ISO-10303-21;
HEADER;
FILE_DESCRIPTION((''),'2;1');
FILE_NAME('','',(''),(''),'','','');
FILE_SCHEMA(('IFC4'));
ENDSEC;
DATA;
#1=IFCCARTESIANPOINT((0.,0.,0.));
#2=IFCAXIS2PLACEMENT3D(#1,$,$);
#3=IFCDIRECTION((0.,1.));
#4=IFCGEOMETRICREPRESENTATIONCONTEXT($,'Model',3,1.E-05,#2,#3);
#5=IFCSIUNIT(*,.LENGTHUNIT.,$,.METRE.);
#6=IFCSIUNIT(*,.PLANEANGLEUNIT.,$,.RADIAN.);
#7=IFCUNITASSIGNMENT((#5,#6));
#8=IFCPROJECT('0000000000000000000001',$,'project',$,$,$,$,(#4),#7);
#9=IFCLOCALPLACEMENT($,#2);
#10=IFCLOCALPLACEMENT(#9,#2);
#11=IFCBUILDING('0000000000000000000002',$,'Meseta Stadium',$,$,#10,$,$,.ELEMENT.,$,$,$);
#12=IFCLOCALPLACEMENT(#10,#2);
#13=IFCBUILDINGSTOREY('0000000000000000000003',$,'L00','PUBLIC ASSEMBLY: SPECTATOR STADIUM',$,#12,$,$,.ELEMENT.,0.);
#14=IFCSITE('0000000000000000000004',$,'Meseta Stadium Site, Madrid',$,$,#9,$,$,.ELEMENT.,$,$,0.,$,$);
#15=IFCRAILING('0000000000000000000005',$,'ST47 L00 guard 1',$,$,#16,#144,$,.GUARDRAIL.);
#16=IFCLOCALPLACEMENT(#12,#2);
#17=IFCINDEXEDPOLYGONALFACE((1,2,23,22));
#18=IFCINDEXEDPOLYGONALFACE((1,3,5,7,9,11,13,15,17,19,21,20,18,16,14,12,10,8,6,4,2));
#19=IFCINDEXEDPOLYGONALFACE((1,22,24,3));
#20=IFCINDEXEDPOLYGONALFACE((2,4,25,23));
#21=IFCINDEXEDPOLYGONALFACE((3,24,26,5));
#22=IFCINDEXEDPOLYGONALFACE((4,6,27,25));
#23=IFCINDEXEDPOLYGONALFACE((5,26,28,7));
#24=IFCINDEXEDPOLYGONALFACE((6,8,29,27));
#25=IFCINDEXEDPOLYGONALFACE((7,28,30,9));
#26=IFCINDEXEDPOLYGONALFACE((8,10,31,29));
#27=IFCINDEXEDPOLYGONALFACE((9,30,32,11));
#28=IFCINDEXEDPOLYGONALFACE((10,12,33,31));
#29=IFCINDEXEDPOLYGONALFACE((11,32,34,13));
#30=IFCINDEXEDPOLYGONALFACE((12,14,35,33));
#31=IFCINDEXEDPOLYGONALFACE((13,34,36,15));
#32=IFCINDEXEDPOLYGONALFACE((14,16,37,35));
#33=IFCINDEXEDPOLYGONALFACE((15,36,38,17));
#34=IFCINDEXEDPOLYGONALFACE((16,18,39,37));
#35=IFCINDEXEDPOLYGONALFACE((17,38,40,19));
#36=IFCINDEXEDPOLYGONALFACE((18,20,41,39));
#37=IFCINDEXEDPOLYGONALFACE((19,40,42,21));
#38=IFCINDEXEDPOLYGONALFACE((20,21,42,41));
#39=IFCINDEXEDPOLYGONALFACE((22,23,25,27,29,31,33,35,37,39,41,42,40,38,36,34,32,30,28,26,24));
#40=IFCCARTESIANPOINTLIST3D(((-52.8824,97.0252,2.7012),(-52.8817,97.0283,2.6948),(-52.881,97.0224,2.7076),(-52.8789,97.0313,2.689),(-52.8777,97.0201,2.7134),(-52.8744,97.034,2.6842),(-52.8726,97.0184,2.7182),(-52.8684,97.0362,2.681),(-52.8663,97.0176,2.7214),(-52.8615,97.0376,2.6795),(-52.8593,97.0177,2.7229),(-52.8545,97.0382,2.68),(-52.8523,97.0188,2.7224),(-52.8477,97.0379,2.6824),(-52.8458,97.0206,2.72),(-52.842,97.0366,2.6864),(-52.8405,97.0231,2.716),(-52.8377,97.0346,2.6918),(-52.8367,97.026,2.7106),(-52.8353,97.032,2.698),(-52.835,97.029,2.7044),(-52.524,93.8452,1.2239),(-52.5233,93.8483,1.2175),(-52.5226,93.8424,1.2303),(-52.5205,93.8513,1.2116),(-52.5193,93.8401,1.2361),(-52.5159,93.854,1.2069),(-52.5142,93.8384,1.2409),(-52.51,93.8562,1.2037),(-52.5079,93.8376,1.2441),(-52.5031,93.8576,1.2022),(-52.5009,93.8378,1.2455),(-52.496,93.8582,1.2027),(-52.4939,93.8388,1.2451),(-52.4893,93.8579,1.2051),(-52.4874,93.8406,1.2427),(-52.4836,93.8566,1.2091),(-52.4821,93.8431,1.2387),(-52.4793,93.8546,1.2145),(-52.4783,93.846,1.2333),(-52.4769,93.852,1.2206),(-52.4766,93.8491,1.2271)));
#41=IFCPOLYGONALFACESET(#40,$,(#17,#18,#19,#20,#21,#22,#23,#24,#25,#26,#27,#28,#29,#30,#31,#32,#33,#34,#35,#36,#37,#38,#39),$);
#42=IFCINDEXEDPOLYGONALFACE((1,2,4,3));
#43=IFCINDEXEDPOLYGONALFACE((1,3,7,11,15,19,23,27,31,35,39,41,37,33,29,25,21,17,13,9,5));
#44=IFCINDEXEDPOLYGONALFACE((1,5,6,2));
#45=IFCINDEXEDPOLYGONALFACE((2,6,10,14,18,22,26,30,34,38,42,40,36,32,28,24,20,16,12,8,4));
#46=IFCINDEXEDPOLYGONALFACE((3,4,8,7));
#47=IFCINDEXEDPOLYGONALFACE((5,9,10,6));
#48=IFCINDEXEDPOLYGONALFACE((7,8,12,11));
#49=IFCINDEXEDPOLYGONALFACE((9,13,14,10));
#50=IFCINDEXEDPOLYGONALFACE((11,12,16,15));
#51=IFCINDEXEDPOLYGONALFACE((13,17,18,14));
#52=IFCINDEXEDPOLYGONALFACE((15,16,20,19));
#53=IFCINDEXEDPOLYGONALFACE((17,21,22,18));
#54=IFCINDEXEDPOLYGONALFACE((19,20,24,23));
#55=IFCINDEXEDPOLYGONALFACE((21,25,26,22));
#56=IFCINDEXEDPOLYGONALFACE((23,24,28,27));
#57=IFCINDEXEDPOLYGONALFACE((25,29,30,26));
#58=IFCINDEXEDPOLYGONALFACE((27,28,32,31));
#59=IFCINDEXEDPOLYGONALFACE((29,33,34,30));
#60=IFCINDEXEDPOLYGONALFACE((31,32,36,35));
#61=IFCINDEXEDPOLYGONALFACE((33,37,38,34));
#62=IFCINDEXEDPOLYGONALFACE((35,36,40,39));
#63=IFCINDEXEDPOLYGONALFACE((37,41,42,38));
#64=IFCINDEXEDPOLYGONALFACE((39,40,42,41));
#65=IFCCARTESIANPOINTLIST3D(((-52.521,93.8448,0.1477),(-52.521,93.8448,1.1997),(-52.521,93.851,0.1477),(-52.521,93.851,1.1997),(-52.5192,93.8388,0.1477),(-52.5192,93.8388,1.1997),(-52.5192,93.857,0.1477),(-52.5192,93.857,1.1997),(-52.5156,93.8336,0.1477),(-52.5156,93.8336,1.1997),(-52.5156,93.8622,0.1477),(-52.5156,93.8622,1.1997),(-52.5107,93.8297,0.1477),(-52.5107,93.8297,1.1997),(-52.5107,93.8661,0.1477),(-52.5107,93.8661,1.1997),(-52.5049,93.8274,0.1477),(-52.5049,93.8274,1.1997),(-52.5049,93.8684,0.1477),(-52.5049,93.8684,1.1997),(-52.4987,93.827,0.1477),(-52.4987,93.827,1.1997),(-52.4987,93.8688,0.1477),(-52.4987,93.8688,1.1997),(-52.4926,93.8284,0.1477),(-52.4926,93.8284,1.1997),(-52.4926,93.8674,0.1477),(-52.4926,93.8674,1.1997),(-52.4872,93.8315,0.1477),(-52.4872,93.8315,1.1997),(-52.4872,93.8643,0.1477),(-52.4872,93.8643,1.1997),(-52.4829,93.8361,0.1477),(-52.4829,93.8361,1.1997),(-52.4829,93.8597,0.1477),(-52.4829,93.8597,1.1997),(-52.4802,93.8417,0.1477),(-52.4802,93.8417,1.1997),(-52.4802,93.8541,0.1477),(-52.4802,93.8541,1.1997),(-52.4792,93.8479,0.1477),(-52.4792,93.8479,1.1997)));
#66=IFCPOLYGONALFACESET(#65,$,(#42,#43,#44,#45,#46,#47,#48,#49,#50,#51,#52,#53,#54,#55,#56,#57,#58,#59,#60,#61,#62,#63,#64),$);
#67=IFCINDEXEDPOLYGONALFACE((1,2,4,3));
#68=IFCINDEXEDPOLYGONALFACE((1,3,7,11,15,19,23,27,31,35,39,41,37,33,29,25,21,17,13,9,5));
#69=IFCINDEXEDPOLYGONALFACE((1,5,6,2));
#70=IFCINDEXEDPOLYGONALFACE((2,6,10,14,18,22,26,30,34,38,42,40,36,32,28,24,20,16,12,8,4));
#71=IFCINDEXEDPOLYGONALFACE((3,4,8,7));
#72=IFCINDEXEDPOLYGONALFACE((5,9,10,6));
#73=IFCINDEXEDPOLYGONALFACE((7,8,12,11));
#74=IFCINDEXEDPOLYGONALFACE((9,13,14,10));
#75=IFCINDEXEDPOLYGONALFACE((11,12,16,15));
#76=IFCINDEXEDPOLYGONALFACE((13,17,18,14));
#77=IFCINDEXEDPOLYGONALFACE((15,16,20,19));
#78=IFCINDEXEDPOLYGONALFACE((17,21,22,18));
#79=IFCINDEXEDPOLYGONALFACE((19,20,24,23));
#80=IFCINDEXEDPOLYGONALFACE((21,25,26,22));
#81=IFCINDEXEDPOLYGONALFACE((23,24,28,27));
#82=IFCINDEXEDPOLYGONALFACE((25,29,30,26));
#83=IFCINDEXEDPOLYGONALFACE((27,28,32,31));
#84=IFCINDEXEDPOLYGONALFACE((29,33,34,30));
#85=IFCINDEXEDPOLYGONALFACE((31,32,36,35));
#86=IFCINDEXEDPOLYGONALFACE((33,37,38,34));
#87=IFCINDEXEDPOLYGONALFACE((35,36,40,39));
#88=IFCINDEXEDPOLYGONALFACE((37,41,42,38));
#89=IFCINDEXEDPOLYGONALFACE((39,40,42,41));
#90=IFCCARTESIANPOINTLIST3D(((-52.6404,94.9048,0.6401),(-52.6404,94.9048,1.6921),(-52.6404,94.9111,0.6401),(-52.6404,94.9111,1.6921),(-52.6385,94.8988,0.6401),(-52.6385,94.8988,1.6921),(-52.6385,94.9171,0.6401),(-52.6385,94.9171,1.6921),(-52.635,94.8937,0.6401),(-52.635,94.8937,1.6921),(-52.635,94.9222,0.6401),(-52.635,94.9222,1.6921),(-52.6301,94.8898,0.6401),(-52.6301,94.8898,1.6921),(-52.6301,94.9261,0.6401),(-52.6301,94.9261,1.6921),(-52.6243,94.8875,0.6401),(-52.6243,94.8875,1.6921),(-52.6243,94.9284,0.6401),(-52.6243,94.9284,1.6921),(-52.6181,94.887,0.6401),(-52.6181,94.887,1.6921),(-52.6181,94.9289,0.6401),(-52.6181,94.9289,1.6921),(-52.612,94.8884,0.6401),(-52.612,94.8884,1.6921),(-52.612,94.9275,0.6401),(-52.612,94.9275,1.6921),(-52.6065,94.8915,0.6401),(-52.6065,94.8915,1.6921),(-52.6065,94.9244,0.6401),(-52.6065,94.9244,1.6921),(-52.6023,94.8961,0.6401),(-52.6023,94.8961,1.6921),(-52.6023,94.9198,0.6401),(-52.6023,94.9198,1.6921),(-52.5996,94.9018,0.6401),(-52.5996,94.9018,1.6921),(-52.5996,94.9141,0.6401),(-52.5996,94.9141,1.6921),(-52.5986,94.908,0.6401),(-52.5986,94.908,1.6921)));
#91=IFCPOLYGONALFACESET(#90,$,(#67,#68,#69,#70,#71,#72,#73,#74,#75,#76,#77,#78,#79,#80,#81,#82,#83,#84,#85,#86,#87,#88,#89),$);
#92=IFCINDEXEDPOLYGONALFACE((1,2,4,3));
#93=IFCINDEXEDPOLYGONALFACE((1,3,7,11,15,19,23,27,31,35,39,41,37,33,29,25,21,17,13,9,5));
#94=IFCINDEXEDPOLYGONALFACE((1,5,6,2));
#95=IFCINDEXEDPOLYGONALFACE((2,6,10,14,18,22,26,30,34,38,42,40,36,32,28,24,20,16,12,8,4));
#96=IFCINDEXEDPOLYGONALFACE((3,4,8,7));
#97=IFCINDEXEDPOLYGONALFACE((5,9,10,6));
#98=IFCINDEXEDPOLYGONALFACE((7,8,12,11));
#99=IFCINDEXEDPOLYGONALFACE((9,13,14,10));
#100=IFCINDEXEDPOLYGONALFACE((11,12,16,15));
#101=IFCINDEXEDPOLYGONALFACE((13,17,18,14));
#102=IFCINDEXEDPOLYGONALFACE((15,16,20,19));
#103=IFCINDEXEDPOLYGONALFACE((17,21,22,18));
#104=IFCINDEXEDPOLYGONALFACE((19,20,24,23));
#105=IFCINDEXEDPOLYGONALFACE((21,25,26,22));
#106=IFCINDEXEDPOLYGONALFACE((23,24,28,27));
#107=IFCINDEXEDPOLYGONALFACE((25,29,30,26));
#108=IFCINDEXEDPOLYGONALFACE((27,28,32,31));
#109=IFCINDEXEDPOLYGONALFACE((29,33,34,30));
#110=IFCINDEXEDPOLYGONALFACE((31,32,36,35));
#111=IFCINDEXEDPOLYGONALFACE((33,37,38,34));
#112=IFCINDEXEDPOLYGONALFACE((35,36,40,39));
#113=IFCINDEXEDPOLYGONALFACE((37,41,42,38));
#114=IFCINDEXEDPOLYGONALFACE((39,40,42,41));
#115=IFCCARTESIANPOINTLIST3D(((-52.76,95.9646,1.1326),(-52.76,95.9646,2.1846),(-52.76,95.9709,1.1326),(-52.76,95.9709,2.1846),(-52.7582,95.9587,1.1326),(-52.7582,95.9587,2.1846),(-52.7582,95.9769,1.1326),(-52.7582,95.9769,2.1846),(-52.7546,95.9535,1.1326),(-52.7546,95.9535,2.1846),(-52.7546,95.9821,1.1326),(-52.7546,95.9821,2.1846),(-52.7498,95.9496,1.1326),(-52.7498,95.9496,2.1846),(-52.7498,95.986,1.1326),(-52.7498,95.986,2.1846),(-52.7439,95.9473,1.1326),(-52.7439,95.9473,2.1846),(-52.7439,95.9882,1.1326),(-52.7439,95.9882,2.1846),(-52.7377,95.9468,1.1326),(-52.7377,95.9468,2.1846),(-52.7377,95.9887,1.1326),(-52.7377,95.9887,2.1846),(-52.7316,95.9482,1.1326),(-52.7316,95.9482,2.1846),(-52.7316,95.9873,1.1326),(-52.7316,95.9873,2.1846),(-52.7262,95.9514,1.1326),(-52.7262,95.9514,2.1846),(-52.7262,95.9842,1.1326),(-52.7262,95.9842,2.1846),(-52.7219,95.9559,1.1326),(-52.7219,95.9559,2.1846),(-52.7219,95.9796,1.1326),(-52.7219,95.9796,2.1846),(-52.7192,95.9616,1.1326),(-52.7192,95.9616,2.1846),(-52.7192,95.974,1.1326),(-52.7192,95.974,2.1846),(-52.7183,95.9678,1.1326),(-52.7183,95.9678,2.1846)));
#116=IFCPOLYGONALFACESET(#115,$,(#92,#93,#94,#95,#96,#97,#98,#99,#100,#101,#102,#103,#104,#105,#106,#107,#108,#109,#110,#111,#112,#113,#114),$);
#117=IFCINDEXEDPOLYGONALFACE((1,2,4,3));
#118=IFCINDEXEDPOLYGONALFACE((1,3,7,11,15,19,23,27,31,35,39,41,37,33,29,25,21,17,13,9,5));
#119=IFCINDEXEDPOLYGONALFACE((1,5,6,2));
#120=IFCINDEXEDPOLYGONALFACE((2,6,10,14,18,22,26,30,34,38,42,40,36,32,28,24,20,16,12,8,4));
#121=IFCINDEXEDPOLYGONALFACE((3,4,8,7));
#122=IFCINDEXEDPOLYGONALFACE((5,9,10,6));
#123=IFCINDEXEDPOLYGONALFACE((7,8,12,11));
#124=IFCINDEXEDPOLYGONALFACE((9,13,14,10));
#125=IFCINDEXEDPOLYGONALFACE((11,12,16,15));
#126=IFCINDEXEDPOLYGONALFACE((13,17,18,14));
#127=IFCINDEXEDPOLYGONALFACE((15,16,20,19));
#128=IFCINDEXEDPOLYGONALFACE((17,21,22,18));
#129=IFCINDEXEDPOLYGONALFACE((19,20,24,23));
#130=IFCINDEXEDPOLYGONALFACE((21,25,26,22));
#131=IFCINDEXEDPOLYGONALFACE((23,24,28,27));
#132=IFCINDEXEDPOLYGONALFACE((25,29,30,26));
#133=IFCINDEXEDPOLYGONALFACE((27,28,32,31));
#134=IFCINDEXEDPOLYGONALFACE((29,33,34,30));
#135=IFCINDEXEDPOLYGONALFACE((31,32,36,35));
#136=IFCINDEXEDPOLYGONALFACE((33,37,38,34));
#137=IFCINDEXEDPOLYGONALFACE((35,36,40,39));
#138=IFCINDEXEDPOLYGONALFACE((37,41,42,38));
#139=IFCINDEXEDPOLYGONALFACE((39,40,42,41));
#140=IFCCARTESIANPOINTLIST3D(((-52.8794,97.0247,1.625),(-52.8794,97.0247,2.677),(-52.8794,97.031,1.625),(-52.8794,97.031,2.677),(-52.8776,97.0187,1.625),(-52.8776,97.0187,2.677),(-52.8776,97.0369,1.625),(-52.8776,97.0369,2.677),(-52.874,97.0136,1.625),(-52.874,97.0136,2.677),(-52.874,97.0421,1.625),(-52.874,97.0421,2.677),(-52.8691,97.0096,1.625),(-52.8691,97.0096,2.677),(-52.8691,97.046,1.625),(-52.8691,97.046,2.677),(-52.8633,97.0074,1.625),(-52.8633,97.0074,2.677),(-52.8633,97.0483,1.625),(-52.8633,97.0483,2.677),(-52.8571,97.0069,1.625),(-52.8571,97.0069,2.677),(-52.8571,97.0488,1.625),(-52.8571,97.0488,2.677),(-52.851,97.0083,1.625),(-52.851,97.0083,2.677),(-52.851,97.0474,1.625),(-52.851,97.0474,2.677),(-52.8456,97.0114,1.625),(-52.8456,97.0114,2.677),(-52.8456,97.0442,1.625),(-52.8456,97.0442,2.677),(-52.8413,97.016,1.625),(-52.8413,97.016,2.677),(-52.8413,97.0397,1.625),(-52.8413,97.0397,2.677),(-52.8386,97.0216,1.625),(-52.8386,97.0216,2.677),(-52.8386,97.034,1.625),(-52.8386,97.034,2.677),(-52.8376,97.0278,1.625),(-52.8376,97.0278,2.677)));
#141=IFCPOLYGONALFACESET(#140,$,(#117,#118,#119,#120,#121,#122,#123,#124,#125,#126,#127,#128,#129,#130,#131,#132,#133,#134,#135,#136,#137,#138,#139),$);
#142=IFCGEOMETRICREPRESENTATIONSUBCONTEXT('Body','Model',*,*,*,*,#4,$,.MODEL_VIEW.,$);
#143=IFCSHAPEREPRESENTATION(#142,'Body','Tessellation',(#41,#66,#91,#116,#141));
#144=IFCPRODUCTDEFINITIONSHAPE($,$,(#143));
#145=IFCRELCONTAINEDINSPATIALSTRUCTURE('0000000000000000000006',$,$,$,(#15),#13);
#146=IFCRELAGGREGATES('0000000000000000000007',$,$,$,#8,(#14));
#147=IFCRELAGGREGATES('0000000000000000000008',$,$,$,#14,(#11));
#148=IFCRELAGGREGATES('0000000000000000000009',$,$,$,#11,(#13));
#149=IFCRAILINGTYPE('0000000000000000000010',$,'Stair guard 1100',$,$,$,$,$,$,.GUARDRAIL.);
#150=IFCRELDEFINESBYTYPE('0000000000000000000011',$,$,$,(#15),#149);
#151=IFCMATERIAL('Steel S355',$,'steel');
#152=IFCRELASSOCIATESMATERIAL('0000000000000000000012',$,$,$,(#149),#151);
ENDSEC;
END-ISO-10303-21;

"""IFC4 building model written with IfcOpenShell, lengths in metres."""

from ifc_helpers import new_model, si_unit, direction, frame, origin, origin_2d, place, context, subcontext, project, spatial, circle, extrude, material, type_object, element, save


model = new_model("IFC4")

# Units and contexts
model_context = context("Model", 3, precision=1e-05, world=origin(), true_north=direction((0.0, 1.0)))
body_context = subcontext(model_context, "Body", "Model", "MODEL_VIEW")
ifc_project = project(units=[si_unit("LENGTHUNIT", "METRE"), si_unit("PLANEANGLEUNIT", "RADIAN")], contexts=[model_context])

# Site, building, storey
site_placement = place(None, origin())
site = spatial("IfcSite", under=ifc_project, at=site_placement, Name="Meseta Stadium Site, Madrid", CompositionType="ELEMENT", RefElevation=0.0)
building_placement = place(site_placement, origin())
building = spatial("IfcBuilding", under=site, at=building_placement, Name="Meseta Stadium", CompositionType="ELEMENT")
storey_placement = place(building_placement, origin())
storey = spatial("IfcBuildingStorey", under=building, at=storey_placement, Name="L00", Description="PUBLIC ASSEMBLY: SPECTATOR STADIUM", CompositionType="ELEMENT", Elevation=0.0)

# Railing
ifc_material_1 = material(Name="Steel S355", Category="steel")
railing_type_1 = type_object("IfcRailingType", Name="Stair guard 1100", PredefinedType="GUARDRAIL", material=ifc_material_1)
railing_1_placement = place(storey_placement, frame((-52.5002, 93.8479, 0.1477)))
element("IfcRailing", 1, at=railing_1_placement, inside=storey, type_object=railing_type_1, Name="ST47 L00 guard 1", PredefinedType="GUARDRAIL", context=body_context, shape_type="SweptSolid", body=[
    extrude(circle(Radius=0.0239, at=origin_2d()), frame((0.0, 0.0, 1.0762), z_axis=(-0.101685, 0.90221, 0.419138), x_axis=(-0.993709, -0.111997, 0.0)), (0.0, 0.0, 1.0), 3.5247),
    extrude(circle(Radius=0.021, at=origin_2d()), origin(), (0.0, 0.0, 1.0), 1.052),
    extrude(circle(Radius=0.021, at=origin_2d()), frame((-0.1194, 1.0601, 0.4924)), (0.0, 0.0, 1.0), 1.052),
    extrude(circle(Radius=0.021, at=origin_2d()), frame((-0.239, 2.1199, 0.9849)), (0.0, 0.0, 1.0), 1.052),
    extrude(circle(Radius=0.021, at=origin_2d()), frame((-0.3584, 3.1799, 1.4773)), (0.0, 0.0, 1.0), 1.052),
])

save(model, "model.ifc")
